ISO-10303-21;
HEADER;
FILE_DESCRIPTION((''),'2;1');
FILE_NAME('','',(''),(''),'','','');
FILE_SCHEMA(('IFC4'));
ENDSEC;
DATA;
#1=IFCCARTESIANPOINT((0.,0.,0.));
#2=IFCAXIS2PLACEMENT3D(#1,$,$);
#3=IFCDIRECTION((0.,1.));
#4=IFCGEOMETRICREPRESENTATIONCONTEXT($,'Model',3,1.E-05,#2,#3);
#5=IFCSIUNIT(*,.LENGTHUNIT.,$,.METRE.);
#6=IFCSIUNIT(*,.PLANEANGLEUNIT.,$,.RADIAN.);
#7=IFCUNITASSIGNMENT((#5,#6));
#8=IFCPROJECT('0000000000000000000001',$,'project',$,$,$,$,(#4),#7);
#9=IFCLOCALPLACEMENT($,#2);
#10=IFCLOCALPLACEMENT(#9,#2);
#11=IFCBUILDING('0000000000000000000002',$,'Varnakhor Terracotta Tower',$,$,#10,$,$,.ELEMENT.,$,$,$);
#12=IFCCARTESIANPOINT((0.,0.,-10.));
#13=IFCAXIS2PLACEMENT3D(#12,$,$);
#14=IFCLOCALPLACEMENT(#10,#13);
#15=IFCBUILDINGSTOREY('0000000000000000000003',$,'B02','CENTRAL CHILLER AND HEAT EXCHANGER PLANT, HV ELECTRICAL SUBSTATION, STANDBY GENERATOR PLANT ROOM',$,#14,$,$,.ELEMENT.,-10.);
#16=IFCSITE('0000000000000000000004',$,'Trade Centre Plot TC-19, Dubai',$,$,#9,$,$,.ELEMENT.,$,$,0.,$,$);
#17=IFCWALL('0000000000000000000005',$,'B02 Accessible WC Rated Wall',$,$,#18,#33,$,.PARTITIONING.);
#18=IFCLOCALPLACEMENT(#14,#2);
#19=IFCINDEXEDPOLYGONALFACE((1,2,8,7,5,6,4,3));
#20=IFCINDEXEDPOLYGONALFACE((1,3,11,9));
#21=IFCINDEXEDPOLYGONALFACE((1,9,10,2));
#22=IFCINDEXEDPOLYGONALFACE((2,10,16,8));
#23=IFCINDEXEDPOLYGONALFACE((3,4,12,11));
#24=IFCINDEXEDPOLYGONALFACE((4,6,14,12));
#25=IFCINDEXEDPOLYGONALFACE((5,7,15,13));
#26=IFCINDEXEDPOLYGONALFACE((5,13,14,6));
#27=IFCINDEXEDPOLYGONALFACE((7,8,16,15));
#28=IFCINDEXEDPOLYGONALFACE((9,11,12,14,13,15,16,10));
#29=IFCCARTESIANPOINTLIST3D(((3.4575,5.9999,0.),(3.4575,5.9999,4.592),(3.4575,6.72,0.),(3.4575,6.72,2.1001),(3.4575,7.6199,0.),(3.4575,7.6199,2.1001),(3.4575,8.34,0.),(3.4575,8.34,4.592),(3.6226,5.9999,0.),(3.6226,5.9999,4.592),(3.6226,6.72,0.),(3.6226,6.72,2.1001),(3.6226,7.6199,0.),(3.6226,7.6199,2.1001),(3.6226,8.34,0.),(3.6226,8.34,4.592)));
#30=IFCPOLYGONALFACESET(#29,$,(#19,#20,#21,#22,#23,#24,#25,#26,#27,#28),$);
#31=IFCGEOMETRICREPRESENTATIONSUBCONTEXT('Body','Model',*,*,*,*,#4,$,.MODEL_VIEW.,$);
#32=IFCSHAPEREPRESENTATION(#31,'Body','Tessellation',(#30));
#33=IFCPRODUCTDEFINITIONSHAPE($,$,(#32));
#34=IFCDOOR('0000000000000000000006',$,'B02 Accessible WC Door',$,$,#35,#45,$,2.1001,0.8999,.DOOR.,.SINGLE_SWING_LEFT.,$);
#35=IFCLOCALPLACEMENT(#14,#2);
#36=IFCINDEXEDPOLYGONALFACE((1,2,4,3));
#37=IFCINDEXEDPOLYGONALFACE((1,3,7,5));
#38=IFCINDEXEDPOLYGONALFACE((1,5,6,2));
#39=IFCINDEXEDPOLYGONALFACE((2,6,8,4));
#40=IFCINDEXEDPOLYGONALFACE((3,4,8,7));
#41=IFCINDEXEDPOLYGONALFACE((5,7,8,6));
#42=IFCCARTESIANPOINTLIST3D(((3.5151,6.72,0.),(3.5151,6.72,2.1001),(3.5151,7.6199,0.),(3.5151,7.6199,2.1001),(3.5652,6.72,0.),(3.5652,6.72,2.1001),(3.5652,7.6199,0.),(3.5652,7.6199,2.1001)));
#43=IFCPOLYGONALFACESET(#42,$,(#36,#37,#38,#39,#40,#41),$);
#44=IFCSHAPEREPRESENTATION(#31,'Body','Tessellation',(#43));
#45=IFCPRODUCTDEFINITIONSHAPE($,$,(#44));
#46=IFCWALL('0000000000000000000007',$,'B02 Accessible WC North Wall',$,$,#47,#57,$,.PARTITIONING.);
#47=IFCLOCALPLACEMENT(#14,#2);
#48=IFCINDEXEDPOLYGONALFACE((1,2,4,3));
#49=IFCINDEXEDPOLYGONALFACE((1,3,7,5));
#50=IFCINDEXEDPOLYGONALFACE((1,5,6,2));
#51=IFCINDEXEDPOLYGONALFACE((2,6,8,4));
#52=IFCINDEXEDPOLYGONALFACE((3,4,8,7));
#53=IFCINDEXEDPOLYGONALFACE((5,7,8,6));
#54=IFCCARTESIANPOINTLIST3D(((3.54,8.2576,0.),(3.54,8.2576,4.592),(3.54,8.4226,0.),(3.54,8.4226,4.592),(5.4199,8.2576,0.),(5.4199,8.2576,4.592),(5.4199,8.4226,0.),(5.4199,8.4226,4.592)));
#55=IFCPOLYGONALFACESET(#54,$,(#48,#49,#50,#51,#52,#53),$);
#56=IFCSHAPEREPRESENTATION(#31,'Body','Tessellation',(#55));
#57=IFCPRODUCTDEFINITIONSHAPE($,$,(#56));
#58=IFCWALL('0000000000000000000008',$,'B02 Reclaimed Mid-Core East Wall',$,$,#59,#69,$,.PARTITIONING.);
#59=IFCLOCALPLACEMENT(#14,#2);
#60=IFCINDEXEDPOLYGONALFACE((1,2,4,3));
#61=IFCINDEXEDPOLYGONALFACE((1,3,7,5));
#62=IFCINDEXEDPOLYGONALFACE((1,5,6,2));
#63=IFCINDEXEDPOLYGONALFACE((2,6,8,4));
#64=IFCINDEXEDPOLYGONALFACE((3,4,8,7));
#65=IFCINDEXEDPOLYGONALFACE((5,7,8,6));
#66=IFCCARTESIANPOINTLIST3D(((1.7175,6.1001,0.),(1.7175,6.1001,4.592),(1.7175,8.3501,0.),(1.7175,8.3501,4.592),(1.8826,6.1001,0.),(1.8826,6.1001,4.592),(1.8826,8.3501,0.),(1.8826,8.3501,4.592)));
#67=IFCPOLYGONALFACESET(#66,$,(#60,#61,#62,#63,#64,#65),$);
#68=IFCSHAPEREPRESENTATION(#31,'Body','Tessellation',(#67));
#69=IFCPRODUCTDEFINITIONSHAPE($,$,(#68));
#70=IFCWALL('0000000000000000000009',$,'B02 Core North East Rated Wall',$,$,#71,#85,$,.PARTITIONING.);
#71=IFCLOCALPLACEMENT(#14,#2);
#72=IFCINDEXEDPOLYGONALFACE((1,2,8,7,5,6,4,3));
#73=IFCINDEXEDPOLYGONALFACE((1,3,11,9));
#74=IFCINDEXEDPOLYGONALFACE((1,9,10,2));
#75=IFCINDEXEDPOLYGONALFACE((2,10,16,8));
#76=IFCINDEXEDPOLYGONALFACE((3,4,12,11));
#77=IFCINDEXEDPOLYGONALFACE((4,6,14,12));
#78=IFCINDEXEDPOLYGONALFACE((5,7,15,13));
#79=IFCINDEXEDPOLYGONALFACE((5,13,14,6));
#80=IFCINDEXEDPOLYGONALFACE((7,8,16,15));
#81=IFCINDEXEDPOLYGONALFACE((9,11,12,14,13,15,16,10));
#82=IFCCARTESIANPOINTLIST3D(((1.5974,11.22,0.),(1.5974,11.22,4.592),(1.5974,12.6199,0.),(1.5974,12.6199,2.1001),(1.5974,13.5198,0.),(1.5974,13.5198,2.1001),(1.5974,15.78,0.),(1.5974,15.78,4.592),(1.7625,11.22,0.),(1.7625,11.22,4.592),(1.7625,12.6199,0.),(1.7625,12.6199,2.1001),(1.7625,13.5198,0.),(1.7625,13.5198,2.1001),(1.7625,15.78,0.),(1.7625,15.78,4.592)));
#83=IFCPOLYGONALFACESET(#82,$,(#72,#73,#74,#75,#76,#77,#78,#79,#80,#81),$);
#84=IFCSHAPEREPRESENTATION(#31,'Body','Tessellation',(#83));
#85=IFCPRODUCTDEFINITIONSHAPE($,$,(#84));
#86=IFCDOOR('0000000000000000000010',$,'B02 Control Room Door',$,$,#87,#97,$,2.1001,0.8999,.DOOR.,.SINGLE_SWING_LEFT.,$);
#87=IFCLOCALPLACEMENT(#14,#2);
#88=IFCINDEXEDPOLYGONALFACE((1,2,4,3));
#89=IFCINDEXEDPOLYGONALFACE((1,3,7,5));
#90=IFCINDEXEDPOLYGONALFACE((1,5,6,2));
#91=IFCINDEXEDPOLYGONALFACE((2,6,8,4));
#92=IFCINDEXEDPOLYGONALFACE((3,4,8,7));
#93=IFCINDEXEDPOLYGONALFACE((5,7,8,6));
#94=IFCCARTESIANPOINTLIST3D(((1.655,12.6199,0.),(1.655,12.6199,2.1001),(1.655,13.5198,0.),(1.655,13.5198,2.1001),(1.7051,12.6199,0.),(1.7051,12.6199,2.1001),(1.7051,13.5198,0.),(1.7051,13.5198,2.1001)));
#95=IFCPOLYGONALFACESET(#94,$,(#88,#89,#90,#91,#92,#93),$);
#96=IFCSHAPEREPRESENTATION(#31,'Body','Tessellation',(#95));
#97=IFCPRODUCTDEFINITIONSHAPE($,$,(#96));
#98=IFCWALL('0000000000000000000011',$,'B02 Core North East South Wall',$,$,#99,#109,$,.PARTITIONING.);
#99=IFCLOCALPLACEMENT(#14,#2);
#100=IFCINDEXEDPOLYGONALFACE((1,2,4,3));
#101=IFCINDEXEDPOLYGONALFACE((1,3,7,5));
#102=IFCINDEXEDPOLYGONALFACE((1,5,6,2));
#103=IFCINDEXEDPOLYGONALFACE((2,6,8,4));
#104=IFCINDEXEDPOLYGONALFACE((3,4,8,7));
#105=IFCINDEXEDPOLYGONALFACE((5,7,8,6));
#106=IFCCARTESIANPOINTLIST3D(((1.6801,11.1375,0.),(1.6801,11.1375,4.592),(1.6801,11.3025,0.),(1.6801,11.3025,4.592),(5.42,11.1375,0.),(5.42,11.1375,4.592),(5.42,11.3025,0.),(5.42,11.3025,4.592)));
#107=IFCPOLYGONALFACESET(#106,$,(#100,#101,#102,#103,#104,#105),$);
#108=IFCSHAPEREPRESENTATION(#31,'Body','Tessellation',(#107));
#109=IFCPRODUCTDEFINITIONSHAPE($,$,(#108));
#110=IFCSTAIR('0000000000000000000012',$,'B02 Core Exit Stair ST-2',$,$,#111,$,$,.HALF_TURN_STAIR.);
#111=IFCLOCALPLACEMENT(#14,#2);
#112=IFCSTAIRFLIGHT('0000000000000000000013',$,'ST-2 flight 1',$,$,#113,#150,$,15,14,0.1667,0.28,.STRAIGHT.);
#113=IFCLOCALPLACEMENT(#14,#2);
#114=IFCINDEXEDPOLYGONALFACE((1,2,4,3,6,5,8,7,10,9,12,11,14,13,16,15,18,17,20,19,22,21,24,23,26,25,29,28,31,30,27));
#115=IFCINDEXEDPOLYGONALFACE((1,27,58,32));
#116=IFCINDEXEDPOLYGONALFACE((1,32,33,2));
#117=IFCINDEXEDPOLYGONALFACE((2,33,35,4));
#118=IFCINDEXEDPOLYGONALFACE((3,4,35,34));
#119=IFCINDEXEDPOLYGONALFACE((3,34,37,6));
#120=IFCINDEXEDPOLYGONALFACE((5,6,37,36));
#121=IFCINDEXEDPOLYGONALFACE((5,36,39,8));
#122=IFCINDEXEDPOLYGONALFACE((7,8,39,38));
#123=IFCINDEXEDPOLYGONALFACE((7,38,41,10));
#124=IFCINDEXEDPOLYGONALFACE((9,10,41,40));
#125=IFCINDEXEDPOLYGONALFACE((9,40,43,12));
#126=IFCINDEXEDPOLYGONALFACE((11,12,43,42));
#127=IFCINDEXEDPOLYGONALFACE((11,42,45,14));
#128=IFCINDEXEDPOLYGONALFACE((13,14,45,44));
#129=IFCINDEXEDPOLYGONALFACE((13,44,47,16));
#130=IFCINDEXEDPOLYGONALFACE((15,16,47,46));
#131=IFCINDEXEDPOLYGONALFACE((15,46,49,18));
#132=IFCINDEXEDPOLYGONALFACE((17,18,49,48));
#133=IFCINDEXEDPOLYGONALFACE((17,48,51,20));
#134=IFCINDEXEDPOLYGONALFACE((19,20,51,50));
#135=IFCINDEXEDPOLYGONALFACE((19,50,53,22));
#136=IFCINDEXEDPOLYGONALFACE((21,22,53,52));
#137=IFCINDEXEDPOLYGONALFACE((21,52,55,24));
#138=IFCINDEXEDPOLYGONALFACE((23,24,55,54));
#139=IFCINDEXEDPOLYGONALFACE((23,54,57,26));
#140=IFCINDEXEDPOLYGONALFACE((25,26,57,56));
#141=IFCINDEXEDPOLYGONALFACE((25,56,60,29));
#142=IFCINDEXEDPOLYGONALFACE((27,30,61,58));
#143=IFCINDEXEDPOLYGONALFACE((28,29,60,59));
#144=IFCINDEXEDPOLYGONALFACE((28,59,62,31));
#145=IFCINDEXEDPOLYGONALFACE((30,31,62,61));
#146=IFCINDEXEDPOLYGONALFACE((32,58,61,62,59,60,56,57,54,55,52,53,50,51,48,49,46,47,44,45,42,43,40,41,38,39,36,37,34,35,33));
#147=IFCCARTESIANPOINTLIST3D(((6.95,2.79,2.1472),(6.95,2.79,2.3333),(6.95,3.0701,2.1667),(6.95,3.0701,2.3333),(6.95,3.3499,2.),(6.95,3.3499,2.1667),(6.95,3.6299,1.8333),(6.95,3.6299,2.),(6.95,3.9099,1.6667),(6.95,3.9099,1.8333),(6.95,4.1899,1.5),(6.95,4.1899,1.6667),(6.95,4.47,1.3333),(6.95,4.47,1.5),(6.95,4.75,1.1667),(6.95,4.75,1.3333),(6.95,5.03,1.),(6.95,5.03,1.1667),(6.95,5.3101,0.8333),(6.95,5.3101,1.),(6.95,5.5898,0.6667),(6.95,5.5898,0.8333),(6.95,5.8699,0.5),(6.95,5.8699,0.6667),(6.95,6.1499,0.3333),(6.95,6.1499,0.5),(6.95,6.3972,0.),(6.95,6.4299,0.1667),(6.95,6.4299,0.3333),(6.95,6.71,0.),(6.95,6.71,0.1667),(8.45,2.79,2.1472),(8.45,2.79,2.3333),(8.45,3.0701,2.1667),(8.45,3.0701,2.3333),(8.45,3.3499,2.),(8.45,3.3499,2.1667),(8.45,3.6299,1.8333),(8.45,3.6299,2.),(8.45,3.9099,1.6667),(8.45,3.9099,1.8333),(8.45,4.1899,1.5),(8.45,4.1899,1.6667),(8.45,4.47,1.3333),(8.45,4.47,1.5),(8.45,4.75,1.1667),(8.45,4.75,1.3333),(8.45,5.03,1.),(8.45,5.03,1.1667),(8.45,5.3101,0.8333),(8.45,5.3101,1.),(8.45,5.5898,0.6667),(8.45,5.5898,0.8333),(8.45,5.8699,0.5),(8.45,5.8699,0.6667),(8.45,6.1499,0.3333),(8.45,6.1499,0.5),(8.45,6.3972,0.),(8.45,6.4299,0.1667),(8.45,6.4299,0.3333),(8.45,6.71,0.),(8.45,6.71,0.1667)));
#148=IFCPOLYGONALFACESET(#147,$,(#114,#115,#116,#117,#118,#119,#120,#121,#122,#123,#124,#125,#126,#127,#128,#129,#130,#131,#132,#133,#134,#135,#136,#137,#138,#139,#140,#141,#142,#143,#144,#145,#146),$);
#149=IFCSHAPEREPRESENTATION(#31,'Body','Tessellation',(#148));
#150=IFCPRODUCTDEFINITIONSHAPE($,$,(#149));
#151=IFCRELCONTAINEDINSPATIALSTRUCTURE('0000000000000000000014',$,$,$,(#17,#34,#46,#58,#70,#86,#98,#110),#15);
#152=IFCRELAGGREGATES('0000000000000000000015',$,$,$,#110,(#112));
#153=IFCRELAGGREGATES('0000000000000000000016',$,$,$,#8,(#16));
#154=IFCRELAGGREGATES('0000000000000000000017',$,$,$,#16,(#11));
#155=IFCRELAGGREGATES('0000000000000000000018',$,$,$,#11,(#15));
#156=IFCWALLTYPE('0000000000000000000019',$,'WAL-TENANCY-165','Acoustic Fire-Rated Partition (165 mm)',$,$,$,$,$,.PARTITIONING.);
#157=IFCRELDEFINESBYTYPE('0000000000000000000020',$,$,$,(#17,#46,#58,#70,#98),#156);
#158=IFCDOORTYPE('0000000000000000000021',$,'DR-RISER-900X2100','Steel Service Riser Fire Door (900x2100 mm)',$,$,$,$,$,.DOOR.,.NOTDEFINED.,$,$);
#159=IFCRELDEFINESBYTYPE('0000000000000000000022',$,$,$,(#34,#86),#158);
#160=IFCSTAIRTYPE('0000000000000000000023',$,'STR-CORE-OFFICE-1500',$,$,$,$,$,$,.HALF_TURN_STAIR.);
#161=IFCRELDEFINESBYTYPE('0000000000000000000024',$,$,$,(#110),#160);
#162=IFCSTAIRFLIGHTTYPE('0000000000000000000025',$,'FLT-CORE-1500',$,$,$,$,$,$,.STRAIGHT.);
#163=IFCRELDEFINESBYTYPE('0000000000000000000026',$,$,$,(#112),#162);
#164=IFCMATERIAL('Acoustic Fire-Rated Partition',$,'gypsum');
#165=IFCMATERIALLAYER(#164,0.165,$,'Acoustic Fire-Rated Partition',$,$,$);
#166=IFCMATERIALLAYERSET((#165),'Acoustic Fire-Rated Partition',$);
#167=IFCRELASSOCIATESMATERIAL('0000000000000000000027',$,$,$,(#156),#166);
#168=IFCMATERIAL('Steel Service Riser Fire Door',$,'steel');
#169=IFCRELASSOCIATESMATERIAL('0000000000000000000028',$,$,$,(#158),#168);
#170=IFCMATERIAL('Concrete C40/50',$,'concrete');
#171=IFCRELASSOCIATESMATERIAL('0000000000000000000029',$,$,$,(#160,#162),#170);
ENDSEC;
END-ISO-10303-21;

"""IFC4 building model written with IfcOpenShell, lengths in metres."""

from ifc_helpers import new_model, si_unit, direction, frame, frame_2d, origin, place, context, subcontext, project, spatial, polyline, rectangle, outline, extrude, source, transform, mapped, material, layer, layer_set, type_object, type_shapes, element, fill, aggregate, save


model = new_model("IFC4")

# Units and contexts
model_context = context("Model", 3, precision=1e-05, world=origin(), true_north=direction((0.0, 1.0)))
body_context = subcontext(model_context, "Body", "Model", "MODEL_VIEW")
ifc_project = project(units=[si_unit("LENGTHUNIT", "METRE"), si_unit("PLANEANGLEUNIT", "RADIAN")], contexts=[model_context])

# Site, building, storey
site_placement = place(None, origin())
site = spatial("IfcSite", under=ifc_project, at=site_placement, Name="Trade Centre Plot TC-19, Dubai", CompositionType="ELEMENT", RefElevation=0.0)
building_placement = place(site_placement, origin())
building = spatial("IfcBuilding", under=site, at=building_placement, Name="Varnakhor Terracotta Tower", CompositionType="ELEMENT")
storey_placement = place(building_placement, frame((0.0, 0.0, -10.0)))
storey = spatial("IfcBuildingStorey", under=building, at=storey_placement, Name="B02", Description="CENTRAL CHILLER AND HEAT EXCHANGER PLANT, HV ELECTRICAL SUBSTATION, STANDBY GENERATOR PLANT ROOM", CompositionType="ELEMENT", Elevation=-10.0)

# Shared definitions
ifc_material_1 = material(Name="Concrete C40/50", Category="concrete")

# Wall, opening, door
ifc_material_2 = material(Name="Acoustic Fire-Rated Partition", Category="gypsum")
ifc_layer_1 = layer(ifc_material_2, 0.165, Name="Acoustic Fire-Rated Partition")
ifc_layer_set_1 = layer_set([ifc_layer_1], Name="Acoustic Fire-Rated Partition")
wall_type_1 = type_object("IfcWallType", Name="WAL-TENANCY-165", Description="Acoustic Fire-Rated Partition (165 mm)", PredefinedType="PARTITIONING", material=ifc_layer_set_1)
wall_1_placement = place(storey_placement, frame((3.54, 6.0, 0.0), z_axis=(0.0, 0.0, 1.0), x_axis=(0.0, 1.0, 0.0)))
wall_1 = element("IfcWall", 1, at=wall_1_placement, inside=storey, type_object=wall_type_1, Name="B02 Accessible WC Rated Wall", PredefinedType="PARTITIONING", context=body_context, shape_type="SweptSolid", body=[
    extrude(rectangle(XDim=2.3401, YDim=0.165, at=frame_2d((1.1699, 0.0))), origin(), (0.0, 0.0, 1.0), 4.592),
])
opening_1_placement = place(wall_1_placement, frame((0.72, 0.0, 0.0)))
opening_1 = element("IfcOpeningElement", 2, at=opening_1_placement, cuts=wall_1, PredefinedType="OPENING", context=body_context, shape_type="SweptSolid", body=[
    extrude(rectangle(XDim=0.8999, YDim=2.1001, at=frame_2d((0.45, 1.05))), frame((0.0, 0.0925, 0.0), z_axis=(0.0, -1.0, 0.0), x_axis=(1.0, 0.0, 0.0)), (0.0, 0.0, 1.0), 0.1851),
])
ifc_material_3 = material(Name="Steel Service Riser Fire Door", Category="steel")
door_type_1 = type_object("IfcDoorType", Name="DR-RISER-900X2100", Description="Steel Service Riser Fire Door (900x2100 mm)", OperationType="NOTDEFINED", PredefinedType="DOOR", material=ifc_material_3)
shared_shape_1 = source(origin(), body_context, "Body", "SweptSolid", [
    extrude(rectangle(XDim=0.8999, YDim=2.1001, at=frame_2d((0.45, 1.05))), frame((0.0, 0.0249, 0.0), z_axis=(0.0, -1.0, 0.0), x_axis=(1.0, 0.0, 0.0)), (0.0, 0.0, 1.0), 0.05),
])
type_shapes(door_type_1, [shared_shape_1])
door_1_placement = place(opening_1_placement, origin())
door_1 = element("IfcDoor", 3, at=door_1_placement, inside=storey, type_object=door_type_1, Name="B02 Accessible WC Door", OperationType="SINGLE_SWING_LEFT", OverallHeight=2.1001, OverallWidth=0.8999, PredefinedType="DOOR", context=body_context, shape_type="MappedRepresentation", body=[
    mapped(shared_shape_1, transform((0.0, 0.0, 0.0), scale=1.0)),
])
fill(opening_1, door_1)

# Walls
wall_2_placement = place(storey_placement, frame((3.54, 8.3401, 0.0), z_axis=(0.0, 0.0, 1.0), x_axis=(1.0, 0.0, 0.0)))
element("IfcWall", 4, at=wall_2_placement, inside=storey, type_object=wall_type_1, Name="B02 Accessible WC North Wall", PredefinedType="PARTITIONING", context=body_context, shape_type="SweptSolid", body=[
    extrude(rectangle(XDim=1.8799, YDim=0.165, at=frame_2d((0.9399, 0.0))), origin(), (0.0, 0.0, 1.0), 4.592),
])
wall_3_placement = place(storey_placement, frame((1.8, 6.1001, 0.0), z_axis=(0.0, 0.0, 1.0), x_axis=(0.0, 1.0, 0.0)))
element("IfcWall", 5, at=wall_3_placement, inside=storey, type_object=wall_type_1, Name="B02 Reclaimed Mid-Core East Wall", PredefinedType="PARTITIONING", context=body_context, shape_type="SweptSolid", body=[
    extrude(rectangle(XDim=2.25, YDim=0.165, at=frame_2d((1.125, 0.0))), origin(), (0.0, 0.0, 1.0), 4.592),
])

# Wall, opening, door
wall_4_placement = place(storey_placement, frame((1.6799, 11.22, 0.0), z_axis=(0.0, 0.0, 1.0), x_axis=(0.0, 1.0, 0.0)))
wall_4 = element("IfcWall", 6, at=wall_4_placement, inside=storey, type_object=wall_type_1, Name="B02 Core North East Rated Wall", PredefinedType="PARTITIONING", context=body_context, shape_type="SweptSolid", body=[
    extrude(rectangle(XDim=4.5601, YDim=0.165, at=frame_2d((2.28, 0.0))), origin(), (0.0, 0.0, 1.0), 4.592),
])
opening_2_placement = place(wall_4_placement, frame((1.3999, 0.0, 0.0)))
opening_2 = element("IfcOpeningElement", 7, at=opening_2_placement, cuts=wall_4, PredefinedType="OPENING", context=body_context, shape_type="SweptSolid", body=[
    extrude(rectangle(XDim=0.8999, YDim=2.1001, at=frame_2d((0.45, 1.05))), frame((0.0, 0.0925, 0.0), z_axis=(0.0, -1.0, 0.0), x_axis=(1.0, 0.0, 0.0)), (0.0, 0.0, 1.0), 0.1851),
])
door_2_placement = place(opening_2_placement, origin())
door_2 = element("IfcDoor", 8, at=door_2_placement, inside=storey, type_object=door_type_1, Name="B02 Control Room Door", OperationType="SINGLE_SWING_LEFT", OverallHeight=2.1001, OverallWidth=0.8999, PredefinedType="DOOR", context=body_context, shape_type="MappedRepresentation", body=[
    mapped(shared_shape_1, transform((0.0, 0.0, 0.0), scale=1.0)),
])
fill(opening_2, door_2)

# Wall
wall_5_placement = place(storey_placement, frame((1.6799, 11.22, 0.0), z_axis=(0.0, 0.0, 1.0), x_axis=(1.0, 0.0, 0.0)))
element("IfcWall", 9, at=wall_5_placement, inside=storey, type_object=wall_type_1, Name="B02 Core North East South Wall", PredefinedType="PARTITIONING", context=body_context, shape_type="SweptSolid", body=[
    extrude(rectangle(XDim=3.74, YDim=0.165, at=frame_2d((1.8701, 0.0))), origin(), (0.0, 0.0, 1.0), 4.592),
])

# Stair, stair flight
stair_type = type_object("IfcStairType", Name="STR-CORE-OFFICE-1500", PredefinedType="HALF_TURN_STAIR", material=ifc_material_1)
stair_placement = place(storey_placement, origin())
stair = element("IfcStair", 10, at=stair_placement, inside=storey, type_object=stair_type, Name="B02 Core Exit Stair ST-2", PredefinedType="HALF_TURN_STAIR")
stair_flight_type = type_object("IfcStairFlightType", Name="FLT-CORE-1500", PredefinedType="STRAIGHT", material=ifc_material_1)
stair_flight_placement = place(storey_placement, frame((7.7, 6.71, 0.0), z_axis=(0.0, 0.0, 1.0), x_axis=(0.0, -1.0, 0.0)))
stair_flight = element("IfcStairFlight", 11, at=stair_flight_placement, type_object=stair_flight_type, Name="ST-2 flight 1", NumberOfRisers=15, NumberOfTreads=14, PredefinedType="STRAIGHT", RiserHeight=0.1667, TreadLength=0.28, context=body_context, shape_type="SweptSolid", body=[
    extrude(outline(polyline([(0.0, 0.0), (0.0, 0.1667), (0.28, 0.1667), (0.28, 0.3333), (0.5601, 0.3333), (0.5601, 0.5), (0.8401, 0.5), (0.8401, 0.6667), (1.1201, 0.6667), (1.1201, 0.8333), (1.3999, 0.8333), (1.3999, 1.0), (1.6799, 1.0), (1.6799, 1.1667), (1.96, 1.1667), (1.96, 1.3333), (2.24, 1.3333), (2.24, 1.5), (2.52, 1.5), (2.52, 1.6667), (2.8, 1.6667), (2.8, 1.8333), (3.0801, 1.8333), (3.0801, 2.0), (3.3601, 2.0), (3.3601, 2.1667), (3.6399, 2.1667), (3.6399, 2.3333), (3.9199, 2.3333), (3.9199, 2.5), (3.9199, 2.1472), (0.3127, 0.0), (0.0, 0.0)])), frame((0.0, 0.75, 0.0), z_axis=(0.0, -1.0, 0.0), x_axis=(1.0, 0.0, 0.0)), (0.0, 0.0, 1.0), 1.5),
])
aggregate(stair, [stair_flight])

save(model, "model.ifc")
